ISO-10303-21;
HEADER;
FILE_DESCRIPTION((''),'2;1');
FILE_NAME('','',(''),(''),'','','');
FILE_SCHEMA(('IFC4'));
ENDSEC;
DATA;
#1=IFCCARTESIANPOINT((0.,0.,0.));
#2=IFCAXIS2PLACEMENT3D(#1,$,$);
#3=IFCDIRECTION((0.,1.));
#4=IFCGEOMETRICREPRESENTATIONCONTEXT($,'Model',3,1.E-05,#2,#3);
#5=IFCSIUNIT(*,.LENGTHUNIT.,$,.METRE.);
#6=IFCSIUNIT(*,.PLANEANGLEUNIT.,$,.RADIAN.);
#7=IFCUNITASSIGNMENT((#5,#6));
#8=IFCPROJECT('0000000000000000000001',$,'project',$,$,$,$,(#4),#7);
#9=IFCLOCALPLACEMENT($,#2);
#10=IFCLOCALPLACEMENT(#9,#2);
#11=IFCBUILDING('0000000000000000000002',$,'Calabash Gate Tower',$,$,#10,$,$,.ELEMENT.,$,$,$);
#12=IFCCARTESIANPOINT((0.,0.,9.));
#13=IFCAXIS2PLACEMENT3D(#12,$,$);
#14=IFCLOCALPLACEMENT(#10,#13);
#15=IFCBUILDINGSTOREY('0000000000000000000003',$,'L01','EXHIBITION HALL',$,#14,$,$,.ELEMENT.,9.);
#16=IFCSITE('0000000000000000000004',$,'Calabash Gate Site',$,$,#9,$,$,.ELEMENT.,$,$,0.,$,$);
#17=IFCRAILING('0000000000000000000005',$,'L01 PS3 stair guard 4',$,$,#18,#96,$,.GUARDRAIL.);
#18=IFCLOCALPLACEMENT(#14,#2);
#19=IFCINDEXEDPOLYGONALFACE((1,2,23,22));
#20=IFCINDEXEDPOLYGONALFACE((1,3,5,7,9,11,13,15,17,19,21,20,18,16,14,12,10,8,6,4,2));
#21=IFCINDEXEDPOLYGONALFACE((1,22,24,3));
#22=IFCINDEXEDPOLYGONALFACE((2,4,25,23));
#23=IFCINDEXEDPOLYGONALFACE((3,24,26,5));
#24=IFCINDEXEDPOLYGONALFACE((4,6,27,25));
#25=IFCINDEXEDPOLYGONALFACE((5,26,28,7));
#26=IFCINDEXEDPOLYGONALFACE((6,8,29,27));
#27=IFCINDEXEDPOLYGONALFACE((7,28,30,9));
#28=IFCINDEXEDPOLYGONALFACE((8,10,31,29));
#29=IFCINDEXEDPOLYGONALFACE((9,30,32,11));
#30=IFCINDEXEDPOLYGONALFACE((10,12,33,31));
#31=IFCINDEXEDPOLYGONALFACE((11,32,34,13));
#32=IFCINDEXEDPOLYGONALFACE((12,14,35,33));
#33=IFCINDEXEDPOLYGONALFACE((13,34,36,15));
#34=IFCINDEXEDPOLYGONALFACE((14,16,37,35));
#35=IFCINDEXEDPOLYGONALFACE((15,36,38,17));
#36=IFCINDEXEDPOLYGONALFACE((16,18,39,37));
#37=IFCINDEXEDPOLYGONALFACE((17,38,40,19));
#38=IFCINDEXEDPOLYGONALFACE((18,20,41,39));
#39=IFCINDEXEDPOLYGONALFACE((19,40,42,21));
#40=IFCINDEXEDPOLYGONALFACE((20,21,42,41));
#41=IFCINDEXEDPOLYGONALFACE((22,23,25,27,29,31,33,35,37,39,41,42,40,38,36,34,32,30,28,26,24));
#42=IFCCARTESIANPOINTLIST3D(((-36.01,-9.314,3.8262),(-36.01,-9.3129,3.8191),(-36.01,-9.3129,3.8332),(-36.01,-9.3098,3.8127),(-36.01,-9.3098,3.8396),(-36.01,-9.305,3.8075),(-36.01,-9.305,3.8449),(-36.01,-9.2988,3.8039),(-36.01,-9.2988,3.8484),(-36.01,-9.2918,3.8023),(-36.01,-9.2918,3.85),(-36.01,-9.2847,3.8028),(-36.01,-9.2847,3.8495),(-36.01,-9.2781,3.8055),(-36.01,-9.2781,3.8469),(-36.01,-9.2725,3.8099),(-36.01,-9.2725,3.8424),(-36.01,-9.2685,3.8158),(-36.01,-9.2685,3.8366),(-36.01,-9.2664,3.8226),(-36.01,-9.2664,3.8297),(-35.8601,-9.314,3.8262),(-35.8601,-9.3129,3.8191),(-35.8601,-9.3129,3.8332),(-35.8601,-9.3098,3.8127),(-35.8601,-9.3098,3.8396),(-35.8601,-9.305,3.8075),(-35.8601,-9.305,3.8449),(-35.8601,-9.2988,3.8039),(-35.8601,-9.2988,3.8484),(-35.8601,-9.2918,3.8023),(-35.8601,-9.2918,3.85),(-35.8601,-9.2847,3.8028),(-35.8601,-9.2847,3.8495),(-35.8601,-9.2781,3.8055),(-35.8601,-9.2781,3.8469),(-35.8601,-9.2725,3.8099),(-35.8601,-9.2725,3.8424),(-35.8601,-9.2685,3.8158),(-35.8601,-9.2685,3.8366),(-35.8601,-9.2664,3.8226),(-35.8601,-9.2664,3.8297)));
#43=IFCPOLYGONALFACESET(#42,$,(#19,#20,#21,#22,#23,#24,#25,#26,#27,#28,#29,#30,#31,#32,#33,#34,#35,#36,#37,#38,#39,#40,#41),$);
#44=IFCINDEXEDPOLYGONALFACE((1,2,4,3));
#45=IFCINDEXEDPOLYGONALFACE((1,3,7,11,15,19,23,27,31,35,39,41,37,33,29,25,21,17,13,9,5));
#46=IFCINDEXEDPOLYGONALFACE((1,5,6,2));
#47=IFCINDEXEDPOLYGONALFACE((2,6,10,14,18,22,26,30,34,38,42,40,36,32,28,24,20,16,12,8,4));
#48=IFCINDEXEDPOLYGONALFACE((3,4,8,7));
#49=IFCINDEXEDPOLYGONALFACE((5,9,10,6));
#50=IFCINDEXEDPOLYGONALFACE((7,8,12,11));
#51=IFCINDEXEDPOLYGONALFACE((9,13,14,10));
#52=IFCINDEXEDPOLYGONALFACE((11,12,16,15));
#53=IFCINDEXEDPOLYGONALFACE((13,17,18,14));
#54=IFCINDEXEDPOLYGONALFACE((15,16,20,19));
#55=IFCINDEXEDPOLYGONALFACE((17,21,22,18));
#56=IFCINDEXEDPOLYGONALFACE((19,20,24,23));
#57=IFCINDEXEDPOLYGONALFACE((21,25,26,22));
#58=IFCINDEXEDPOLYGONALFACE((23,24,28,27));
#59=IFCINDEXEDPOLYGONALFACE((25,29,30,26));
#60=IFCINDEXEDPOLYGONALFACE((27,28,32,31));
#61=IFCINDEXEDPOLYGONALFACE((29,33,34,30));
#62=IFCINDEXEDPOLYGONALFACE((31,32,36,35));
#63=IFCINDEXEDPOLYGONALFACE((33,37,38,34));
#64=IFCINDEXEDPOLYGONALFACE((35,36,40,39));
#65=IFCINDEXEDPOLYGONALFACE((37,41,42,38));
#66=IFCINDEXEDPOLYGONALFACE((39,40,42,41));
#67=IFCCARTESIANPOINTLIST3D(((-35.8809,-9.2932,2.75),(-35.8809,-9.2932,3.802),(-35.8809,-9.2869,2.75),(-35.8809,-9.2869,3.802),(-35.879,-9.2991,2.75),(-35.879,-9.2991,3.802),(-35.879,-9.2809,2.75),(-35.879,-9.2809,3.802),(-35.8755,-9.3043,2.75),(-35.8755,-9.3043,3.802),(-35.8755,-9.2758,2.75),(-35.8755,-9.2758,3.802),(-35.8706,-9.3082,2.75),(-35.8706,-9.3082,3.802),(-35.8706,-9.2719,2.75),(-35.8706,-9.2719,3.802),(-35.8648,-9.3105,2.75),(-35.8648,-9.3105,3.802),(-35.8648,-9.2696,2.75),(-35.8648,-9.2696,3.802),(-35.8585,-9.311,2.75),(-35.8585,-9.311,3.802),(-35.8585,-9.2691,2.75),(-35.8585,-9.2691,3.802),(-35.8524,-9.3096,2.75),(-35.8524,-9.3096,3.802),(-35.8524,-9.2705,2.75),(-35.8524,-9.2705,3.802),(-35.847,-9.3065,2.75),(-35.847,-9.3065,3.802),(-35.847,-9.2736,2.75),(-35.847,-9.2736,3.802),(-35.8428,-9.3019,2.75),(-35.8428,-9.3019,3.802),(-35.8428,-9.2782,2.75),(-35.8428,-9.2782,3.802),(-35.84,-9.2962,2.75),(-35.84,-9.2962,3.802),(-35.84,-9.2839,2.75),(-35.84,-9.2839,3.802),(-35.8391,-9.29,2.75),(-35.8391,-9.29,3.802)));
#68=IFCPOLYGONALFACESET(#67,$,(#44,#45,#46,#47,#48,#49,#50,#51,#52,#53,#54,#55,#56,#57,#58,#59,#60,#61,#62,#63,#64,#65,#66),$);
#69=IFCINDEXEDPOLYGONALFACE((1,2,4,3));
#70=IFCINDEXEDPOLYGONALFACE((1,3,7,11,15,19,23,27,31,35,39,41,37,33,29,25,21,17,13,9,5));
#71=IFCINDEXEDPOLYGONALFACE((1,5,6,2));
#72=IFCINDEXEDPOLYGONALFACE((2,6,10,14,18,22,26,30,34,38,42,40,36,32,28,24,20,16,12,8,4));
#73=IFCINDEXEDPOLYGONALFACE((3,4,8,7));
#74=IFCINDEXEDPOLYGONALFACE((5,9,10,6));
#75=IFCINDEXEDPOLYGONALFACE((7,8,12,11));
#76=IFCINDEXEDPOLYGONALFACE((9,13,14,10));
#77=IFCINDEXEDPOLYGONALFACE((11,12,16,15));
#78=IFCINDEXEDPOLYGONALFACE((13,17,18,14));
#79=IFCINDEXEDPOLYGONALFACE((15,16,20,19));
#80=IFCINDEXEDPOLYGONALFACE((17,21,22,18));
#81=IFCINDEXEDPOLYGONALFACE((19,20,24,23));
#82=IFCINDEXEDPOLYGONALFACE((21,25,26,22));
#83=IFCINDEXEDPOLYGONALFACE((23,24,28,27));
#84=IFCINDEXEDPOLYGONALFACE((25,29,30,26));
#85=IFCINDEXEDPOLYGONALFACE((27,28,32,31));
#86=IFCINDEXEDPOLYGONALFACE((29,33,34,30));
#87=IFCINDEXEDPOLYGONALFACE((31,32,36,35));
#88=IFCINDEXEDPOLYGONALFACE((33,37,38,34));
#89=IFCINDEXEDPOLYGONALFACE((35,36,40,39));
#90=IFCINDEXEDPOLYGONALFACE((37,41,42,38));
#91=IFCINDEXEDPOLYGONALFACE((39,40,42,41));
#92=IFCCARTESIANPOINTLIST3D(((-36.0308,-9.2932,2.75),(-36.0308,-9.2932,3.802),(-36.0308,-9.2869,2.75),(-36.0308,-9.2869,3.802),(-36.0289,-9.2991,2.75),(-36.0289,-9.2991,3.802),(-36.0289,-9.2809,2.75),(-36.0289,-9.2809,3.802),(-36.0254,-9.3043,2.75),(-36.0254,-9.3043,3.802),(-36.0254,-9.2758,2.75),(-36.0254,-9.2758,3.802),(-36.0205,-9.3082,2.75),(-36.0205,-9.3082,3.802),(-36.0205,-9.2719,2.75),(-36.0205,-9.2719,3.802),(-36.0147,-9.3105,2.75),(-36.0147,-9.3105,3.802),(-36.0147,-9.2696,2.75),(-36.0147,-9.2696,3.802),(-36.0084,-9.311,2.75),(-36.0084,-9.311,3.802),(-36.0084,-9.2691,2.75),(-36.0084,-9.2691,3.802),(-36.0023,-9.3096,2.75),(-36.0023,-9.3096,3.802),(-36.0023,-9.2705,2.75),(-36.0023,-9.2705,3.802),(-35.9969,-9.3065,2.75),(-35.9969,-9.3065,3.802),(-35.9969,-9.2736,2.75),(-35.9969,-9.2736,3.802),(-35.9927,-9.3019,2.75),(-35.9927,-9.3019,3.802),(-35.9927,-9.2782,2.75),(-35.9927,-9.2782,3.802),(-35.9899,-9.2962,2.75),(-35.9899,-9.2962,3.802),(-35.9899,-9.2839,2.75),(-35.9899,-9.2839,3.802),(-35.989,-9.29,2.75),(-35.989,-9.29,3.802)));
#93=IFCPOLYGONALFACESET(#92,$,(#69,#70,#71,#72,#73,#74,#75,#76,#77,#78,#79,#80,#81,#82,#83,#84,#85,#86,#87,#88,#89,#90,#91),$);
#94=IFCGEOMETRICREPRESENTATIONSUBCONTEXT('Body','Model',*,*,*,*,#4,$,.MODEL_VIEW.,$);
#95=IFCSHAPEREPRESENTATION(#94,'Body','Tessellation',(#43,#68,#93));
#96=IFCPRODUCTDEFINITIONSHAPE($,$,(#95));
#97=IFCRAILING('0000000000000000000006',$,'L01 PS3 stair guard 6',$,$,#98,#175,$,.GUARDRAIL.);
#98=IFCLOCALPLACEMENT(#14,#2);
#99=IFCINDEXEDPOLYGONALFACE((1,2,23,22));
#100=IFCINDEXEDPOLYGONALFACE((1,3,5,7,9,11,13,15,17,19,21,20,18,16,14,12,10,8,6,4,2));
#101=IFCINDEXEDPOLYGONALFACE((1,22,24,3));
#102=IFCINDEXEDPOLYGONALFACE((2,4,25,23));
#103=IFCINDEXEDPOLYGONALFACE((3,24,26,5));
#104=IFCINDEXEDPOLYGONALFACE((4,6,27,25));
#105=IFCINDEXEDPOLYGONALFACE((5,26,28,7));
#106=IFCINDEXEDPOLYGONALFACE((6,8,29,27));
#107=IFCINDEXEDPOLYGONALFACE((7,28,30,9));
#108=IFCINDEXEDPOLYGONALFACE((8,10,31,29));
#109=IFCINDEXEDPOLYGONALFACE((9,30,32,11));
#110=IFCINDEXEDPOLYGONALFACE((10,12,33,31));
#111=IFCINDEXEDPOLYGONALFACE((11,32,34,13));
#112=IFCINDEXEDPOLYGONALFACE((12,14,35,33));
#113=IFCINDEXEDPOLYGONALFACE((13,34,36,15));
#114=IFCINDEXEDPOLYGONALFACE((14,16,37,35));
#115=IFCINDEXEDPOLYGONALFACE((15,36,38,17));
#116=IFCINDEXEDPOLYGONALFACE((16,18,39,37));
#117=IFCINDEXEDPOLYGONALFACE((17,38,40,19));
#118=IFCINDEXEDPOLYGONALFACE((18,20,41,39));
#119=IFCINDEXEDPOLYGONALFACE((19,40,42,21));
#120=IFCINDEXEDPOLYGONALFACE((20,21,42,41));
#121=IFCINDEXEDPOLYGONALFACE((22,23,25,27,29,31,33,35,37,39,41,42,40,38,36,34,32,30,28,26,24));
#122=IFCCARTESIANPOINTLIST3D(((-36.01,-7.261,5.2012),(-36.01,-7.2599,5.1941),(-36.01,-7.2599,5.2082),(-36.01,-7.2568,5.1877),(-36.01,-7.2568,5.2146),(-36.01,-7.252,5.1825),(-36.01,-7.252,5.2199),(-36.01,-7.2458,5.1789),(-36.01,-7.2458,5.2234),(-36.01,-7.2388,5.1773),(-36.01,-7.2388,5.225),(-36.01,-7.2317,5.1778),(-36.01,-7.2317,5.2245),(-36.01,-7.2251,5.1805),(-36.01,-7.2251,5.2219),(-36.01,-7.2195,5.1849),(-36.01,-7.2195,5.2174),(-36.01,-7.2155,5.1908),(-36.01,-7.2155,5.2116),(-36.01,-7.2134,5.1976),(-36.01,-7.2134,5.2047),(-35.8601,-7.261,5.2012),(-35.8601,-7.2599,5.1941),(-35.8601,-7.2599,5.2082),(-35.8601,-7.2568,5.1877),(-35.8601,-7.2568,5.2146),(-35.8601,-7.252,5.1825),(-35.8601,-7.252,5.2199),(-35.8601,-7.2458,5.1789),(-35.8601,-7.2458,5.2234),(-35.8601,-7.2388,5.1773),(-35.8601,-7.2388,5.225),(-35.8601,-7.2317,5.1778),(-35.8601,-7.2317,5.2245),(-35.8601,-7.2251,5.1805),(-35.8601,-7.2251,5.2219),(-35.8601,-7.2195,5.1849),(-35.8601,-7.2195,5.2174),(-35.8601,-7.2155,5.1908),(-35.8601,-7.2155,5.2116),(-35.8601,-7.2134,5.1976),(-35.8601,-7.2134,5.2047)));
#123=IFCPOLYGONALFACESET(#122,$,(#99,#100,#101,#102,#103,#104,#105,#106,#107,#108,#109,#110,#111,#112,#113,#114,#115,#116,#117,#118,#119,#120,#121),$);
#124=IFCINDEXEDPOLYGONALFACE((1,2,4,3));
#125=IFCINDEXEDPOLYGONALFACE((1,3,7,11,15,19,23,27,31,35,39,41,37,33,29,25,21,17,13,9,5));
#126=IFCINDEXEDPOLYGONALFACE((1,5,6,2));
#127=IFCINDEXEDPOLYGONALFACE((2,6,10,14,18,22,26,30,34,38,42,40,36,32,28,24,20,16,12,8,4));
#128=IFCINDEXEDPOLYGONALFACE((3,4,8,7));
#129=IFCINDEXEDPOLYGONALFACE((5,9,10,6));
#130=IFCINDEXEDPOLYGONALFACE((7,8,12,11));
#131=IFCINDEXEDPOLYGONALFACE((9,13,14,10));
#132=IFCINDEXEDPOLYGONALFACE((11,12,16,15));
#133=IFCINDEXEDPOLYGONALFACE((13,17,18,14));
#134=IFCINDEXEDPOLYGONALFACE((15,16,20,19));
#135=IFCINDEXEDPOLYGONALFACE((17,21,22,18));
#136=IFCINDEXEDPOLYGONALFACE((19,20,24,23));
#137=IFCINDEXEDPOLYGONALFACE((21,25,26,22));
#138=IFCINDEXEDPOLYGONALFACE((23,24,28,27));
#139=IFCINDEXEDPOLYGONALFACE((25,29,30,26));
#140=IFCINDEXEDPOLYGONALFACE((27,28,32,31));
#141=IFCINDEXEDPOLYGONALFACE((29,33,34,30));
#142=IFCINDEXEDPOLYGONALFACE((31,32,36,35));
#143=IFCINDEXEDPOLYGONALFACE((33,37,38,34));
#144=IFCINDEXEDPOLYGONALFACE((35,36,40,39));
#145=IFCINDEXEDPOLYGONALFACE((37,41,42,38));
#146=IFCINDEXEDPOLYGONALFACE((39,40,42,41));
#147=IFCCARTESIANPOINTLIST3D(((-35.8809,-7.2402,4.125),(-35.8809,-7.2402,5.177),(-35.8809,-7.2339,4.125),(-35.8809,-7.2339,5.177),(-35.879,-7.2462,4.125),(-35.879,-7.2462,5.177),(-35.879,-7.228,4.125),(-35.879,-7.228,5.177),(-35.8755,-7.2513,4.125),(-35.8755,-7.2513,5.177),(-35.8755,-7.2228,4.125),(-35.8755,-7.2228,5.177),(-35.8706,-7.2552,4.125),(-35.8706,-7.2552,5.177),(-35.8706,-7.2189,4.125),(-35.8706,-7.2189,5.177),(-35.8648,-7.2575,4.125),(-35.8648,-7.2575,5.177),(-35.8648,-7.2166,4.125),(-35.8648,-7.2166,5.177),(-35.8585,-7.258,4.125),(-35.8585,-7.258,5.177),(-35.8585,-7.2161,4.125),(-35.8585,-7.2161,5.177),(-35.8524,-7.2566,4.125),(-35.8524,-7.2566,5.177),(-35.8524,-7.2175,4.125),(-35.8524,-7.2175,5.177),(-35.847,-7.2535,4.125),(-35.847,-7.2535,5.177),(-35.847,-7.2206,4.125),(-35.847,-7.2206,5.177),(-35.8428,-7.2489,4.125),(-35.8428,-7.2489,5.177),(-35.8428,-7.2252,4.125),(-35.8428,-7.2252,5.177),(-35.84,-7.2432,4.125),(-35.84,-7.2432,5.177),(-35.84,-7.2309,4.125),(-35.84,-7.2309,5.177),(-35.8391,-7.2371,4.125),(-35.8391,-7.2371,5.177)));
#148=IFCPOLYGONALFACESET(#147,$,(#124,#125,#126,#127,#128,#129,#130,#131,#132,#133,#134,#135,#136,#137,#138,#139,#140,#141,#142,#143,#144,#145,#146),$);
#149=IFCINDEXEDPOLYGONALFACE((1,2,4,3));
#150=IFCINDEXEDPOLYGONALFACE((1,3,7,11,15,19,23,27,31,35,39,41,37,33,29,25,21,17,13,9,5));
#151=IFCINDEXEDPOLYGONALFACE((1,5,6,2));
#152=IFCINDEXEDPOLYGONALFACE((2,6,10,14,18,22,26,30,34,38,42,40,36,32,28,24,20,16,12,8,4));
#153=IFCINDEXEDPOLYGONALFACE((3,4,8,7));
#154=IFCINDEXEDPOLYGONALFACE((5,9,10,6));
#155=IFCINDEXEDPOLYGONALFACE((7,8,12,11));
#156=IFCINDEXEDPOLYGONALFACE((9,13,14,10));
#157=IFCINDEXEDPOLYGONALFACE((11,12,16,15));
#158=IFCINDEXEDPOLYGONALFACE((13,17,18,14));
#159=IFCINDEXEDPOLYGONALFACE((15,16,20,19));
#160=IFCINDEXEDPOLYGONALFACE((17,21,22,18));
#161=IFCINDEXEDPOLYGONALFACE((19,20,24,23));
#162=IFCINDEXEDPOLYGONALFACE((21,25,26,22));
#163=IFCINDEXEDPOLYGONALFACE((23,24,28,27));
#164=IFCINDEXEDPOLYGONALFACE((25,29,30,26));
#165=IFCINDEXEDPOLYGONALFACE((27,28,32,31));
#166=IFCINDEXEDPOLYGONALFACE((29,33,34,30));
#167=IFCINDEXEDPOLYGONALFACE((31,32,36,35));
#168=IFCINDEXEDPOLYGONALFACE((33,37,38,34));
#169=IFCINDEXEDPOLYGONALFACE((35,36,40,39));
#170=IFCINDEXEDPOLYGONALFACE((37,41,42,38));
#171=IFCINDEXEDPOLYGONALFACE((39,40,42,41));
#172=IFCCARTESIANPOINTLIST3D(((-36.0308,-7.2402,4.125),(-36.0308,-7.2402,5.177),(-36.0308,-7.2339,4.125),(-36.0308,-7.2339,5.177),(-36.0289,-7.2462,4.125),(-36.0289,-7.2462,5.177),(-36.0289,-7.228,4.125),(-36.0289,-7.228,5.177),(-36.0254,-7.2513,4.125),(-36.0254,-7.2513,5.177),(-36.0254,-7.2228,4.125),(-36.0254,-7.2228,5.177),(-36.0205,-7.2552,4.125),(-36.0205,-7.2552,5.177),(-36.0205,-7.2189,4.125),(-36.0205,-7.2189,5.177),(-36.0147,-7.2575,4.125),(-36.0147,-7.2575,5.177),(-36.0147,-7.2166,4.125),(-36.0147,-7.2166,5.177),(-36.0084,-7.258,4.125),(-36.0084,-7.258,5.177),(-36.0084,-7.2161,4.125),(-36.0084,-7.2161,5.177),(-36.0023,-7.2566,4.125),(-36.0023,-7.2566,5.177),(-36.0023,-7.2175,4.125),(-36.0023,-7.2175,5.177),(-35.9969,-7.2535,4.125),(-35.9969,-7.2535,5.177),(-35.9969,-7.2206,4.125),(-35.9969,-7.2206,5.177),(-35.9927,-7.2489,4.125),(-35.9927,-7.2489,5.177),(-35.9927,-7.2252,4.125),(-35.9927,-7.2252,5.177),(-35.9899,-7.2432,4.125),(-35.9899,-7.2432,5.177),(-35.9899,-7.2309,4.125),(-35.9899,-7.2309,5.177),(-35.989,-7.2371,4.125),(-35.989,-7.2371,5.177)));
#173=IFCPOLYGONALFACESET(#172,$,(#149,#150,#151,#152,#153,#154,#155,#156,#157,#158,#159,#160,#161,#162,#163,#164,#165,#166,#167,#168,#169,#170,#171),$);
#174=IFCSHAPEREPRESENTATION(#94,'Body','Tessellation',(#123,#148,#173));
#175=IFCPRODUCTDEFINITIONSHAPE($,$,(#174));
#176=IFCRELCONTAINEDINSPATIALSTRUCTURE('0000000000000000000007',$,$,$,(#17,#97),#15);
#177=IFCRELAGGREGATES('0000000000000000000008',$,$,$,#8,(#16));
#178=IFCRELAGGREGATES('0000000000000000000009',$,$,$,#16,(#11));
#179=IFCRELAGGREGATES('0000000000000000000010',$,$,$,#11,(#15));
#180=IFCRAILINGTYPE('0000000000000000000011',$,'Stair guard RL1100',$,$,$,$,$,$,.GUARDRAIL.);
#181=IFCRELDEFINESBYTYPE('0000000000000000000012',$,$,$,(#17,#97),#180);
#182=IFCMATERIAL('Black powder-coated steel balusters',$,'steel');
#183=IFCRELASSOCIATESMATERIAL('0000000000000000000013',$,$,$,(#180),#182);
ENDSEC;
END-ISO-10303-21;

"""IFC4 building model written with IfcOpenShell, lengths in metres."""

from ifc_helpers import new_model, si_unit, direction, frame, origin, origin_2d, place, context, subcontext, project, spatial, circle, extrude, material, type_object, element, save


model = new_model("IFC4")

# Units and contexts
model_context = context("Model", 3, precision=1e-05, world=origin(), true_north=direction((0.0, 1.0)))
body_context = subcontext(model_context, "Body", "Model", "MODEL_VIEW")
ifc_project = project(units=[si_unit("LENGTHUNIT", "METRE"), si_unit("PLANEANGLEUNIT", "RADIAN")], contexts=[model_context])

# Site, building, storey
site_placement = place(None, origin())
site = spatial("IfcSite", under=ifc_project, at=site_placement, Name="Calabash Gate Site", CompositionType="ELEMENT", RefElevation=0.0)
building_placement = place(site_placement, origin())
building = spatial("IfcBuilding", under=site, at=building_placement, Name="Calabash Gate Tower", CompositionType="ELEMENT")
storey_placement = place(building_placement, frame((0.0, 0.0, 9.0)))
storey = spatial("IfcBuildingStorey", under=building, at=storey_placement, Name="L01", Description="EXHIBITION HALL", CompositionType="ELEMENT", Elevation=9.0)

# Railings
ifc_material_1 = material(Name="Black powder-coated steel balusters", Category="steel")
railing_type_1 = type_object("IfcRailingType", Name="Stair guard RL1100", PredefinedType="GUARDRAIL", material=ifc_material_1)
for number, where, name in (
    (1, (-35.8601, -9.29, 2.75), "L01 PS3 stair guard 4"),
    (2, (-35.8601, -7.2371, 4.125), "L01 PS3 stair guard 6"),
):
    element("IfcRailing", number, at=place(storey_placement, frame(where)), inside=storey, type_object=railing_type_1, Name=name, PredefinedType="GUARDRAIL", context=body_context, shape_type="SweptSolid", body=[
        extrude(circle(Radius=0.0239, at=origin_2d()), frame((0.0, 0.0, 1.0762), z_axis=(-1.0, 0.0, 0.0), x_axis=(0.0, -1.0, 0.0)), (0.0, 0.0, 1.0), 0.1499),
        extrude(circle(Radius=0.021, at=origin_2d()), origin(), (0.0, 0.0, 1.0), 1.052),
        extrude(circle(Radius=0.021, at=origin_2d()), frame((-0.1499, 0.0, 0.0)), (0.0, 0.0, 1.0), 1.052),
    ])

save(model, "model.ifc")
